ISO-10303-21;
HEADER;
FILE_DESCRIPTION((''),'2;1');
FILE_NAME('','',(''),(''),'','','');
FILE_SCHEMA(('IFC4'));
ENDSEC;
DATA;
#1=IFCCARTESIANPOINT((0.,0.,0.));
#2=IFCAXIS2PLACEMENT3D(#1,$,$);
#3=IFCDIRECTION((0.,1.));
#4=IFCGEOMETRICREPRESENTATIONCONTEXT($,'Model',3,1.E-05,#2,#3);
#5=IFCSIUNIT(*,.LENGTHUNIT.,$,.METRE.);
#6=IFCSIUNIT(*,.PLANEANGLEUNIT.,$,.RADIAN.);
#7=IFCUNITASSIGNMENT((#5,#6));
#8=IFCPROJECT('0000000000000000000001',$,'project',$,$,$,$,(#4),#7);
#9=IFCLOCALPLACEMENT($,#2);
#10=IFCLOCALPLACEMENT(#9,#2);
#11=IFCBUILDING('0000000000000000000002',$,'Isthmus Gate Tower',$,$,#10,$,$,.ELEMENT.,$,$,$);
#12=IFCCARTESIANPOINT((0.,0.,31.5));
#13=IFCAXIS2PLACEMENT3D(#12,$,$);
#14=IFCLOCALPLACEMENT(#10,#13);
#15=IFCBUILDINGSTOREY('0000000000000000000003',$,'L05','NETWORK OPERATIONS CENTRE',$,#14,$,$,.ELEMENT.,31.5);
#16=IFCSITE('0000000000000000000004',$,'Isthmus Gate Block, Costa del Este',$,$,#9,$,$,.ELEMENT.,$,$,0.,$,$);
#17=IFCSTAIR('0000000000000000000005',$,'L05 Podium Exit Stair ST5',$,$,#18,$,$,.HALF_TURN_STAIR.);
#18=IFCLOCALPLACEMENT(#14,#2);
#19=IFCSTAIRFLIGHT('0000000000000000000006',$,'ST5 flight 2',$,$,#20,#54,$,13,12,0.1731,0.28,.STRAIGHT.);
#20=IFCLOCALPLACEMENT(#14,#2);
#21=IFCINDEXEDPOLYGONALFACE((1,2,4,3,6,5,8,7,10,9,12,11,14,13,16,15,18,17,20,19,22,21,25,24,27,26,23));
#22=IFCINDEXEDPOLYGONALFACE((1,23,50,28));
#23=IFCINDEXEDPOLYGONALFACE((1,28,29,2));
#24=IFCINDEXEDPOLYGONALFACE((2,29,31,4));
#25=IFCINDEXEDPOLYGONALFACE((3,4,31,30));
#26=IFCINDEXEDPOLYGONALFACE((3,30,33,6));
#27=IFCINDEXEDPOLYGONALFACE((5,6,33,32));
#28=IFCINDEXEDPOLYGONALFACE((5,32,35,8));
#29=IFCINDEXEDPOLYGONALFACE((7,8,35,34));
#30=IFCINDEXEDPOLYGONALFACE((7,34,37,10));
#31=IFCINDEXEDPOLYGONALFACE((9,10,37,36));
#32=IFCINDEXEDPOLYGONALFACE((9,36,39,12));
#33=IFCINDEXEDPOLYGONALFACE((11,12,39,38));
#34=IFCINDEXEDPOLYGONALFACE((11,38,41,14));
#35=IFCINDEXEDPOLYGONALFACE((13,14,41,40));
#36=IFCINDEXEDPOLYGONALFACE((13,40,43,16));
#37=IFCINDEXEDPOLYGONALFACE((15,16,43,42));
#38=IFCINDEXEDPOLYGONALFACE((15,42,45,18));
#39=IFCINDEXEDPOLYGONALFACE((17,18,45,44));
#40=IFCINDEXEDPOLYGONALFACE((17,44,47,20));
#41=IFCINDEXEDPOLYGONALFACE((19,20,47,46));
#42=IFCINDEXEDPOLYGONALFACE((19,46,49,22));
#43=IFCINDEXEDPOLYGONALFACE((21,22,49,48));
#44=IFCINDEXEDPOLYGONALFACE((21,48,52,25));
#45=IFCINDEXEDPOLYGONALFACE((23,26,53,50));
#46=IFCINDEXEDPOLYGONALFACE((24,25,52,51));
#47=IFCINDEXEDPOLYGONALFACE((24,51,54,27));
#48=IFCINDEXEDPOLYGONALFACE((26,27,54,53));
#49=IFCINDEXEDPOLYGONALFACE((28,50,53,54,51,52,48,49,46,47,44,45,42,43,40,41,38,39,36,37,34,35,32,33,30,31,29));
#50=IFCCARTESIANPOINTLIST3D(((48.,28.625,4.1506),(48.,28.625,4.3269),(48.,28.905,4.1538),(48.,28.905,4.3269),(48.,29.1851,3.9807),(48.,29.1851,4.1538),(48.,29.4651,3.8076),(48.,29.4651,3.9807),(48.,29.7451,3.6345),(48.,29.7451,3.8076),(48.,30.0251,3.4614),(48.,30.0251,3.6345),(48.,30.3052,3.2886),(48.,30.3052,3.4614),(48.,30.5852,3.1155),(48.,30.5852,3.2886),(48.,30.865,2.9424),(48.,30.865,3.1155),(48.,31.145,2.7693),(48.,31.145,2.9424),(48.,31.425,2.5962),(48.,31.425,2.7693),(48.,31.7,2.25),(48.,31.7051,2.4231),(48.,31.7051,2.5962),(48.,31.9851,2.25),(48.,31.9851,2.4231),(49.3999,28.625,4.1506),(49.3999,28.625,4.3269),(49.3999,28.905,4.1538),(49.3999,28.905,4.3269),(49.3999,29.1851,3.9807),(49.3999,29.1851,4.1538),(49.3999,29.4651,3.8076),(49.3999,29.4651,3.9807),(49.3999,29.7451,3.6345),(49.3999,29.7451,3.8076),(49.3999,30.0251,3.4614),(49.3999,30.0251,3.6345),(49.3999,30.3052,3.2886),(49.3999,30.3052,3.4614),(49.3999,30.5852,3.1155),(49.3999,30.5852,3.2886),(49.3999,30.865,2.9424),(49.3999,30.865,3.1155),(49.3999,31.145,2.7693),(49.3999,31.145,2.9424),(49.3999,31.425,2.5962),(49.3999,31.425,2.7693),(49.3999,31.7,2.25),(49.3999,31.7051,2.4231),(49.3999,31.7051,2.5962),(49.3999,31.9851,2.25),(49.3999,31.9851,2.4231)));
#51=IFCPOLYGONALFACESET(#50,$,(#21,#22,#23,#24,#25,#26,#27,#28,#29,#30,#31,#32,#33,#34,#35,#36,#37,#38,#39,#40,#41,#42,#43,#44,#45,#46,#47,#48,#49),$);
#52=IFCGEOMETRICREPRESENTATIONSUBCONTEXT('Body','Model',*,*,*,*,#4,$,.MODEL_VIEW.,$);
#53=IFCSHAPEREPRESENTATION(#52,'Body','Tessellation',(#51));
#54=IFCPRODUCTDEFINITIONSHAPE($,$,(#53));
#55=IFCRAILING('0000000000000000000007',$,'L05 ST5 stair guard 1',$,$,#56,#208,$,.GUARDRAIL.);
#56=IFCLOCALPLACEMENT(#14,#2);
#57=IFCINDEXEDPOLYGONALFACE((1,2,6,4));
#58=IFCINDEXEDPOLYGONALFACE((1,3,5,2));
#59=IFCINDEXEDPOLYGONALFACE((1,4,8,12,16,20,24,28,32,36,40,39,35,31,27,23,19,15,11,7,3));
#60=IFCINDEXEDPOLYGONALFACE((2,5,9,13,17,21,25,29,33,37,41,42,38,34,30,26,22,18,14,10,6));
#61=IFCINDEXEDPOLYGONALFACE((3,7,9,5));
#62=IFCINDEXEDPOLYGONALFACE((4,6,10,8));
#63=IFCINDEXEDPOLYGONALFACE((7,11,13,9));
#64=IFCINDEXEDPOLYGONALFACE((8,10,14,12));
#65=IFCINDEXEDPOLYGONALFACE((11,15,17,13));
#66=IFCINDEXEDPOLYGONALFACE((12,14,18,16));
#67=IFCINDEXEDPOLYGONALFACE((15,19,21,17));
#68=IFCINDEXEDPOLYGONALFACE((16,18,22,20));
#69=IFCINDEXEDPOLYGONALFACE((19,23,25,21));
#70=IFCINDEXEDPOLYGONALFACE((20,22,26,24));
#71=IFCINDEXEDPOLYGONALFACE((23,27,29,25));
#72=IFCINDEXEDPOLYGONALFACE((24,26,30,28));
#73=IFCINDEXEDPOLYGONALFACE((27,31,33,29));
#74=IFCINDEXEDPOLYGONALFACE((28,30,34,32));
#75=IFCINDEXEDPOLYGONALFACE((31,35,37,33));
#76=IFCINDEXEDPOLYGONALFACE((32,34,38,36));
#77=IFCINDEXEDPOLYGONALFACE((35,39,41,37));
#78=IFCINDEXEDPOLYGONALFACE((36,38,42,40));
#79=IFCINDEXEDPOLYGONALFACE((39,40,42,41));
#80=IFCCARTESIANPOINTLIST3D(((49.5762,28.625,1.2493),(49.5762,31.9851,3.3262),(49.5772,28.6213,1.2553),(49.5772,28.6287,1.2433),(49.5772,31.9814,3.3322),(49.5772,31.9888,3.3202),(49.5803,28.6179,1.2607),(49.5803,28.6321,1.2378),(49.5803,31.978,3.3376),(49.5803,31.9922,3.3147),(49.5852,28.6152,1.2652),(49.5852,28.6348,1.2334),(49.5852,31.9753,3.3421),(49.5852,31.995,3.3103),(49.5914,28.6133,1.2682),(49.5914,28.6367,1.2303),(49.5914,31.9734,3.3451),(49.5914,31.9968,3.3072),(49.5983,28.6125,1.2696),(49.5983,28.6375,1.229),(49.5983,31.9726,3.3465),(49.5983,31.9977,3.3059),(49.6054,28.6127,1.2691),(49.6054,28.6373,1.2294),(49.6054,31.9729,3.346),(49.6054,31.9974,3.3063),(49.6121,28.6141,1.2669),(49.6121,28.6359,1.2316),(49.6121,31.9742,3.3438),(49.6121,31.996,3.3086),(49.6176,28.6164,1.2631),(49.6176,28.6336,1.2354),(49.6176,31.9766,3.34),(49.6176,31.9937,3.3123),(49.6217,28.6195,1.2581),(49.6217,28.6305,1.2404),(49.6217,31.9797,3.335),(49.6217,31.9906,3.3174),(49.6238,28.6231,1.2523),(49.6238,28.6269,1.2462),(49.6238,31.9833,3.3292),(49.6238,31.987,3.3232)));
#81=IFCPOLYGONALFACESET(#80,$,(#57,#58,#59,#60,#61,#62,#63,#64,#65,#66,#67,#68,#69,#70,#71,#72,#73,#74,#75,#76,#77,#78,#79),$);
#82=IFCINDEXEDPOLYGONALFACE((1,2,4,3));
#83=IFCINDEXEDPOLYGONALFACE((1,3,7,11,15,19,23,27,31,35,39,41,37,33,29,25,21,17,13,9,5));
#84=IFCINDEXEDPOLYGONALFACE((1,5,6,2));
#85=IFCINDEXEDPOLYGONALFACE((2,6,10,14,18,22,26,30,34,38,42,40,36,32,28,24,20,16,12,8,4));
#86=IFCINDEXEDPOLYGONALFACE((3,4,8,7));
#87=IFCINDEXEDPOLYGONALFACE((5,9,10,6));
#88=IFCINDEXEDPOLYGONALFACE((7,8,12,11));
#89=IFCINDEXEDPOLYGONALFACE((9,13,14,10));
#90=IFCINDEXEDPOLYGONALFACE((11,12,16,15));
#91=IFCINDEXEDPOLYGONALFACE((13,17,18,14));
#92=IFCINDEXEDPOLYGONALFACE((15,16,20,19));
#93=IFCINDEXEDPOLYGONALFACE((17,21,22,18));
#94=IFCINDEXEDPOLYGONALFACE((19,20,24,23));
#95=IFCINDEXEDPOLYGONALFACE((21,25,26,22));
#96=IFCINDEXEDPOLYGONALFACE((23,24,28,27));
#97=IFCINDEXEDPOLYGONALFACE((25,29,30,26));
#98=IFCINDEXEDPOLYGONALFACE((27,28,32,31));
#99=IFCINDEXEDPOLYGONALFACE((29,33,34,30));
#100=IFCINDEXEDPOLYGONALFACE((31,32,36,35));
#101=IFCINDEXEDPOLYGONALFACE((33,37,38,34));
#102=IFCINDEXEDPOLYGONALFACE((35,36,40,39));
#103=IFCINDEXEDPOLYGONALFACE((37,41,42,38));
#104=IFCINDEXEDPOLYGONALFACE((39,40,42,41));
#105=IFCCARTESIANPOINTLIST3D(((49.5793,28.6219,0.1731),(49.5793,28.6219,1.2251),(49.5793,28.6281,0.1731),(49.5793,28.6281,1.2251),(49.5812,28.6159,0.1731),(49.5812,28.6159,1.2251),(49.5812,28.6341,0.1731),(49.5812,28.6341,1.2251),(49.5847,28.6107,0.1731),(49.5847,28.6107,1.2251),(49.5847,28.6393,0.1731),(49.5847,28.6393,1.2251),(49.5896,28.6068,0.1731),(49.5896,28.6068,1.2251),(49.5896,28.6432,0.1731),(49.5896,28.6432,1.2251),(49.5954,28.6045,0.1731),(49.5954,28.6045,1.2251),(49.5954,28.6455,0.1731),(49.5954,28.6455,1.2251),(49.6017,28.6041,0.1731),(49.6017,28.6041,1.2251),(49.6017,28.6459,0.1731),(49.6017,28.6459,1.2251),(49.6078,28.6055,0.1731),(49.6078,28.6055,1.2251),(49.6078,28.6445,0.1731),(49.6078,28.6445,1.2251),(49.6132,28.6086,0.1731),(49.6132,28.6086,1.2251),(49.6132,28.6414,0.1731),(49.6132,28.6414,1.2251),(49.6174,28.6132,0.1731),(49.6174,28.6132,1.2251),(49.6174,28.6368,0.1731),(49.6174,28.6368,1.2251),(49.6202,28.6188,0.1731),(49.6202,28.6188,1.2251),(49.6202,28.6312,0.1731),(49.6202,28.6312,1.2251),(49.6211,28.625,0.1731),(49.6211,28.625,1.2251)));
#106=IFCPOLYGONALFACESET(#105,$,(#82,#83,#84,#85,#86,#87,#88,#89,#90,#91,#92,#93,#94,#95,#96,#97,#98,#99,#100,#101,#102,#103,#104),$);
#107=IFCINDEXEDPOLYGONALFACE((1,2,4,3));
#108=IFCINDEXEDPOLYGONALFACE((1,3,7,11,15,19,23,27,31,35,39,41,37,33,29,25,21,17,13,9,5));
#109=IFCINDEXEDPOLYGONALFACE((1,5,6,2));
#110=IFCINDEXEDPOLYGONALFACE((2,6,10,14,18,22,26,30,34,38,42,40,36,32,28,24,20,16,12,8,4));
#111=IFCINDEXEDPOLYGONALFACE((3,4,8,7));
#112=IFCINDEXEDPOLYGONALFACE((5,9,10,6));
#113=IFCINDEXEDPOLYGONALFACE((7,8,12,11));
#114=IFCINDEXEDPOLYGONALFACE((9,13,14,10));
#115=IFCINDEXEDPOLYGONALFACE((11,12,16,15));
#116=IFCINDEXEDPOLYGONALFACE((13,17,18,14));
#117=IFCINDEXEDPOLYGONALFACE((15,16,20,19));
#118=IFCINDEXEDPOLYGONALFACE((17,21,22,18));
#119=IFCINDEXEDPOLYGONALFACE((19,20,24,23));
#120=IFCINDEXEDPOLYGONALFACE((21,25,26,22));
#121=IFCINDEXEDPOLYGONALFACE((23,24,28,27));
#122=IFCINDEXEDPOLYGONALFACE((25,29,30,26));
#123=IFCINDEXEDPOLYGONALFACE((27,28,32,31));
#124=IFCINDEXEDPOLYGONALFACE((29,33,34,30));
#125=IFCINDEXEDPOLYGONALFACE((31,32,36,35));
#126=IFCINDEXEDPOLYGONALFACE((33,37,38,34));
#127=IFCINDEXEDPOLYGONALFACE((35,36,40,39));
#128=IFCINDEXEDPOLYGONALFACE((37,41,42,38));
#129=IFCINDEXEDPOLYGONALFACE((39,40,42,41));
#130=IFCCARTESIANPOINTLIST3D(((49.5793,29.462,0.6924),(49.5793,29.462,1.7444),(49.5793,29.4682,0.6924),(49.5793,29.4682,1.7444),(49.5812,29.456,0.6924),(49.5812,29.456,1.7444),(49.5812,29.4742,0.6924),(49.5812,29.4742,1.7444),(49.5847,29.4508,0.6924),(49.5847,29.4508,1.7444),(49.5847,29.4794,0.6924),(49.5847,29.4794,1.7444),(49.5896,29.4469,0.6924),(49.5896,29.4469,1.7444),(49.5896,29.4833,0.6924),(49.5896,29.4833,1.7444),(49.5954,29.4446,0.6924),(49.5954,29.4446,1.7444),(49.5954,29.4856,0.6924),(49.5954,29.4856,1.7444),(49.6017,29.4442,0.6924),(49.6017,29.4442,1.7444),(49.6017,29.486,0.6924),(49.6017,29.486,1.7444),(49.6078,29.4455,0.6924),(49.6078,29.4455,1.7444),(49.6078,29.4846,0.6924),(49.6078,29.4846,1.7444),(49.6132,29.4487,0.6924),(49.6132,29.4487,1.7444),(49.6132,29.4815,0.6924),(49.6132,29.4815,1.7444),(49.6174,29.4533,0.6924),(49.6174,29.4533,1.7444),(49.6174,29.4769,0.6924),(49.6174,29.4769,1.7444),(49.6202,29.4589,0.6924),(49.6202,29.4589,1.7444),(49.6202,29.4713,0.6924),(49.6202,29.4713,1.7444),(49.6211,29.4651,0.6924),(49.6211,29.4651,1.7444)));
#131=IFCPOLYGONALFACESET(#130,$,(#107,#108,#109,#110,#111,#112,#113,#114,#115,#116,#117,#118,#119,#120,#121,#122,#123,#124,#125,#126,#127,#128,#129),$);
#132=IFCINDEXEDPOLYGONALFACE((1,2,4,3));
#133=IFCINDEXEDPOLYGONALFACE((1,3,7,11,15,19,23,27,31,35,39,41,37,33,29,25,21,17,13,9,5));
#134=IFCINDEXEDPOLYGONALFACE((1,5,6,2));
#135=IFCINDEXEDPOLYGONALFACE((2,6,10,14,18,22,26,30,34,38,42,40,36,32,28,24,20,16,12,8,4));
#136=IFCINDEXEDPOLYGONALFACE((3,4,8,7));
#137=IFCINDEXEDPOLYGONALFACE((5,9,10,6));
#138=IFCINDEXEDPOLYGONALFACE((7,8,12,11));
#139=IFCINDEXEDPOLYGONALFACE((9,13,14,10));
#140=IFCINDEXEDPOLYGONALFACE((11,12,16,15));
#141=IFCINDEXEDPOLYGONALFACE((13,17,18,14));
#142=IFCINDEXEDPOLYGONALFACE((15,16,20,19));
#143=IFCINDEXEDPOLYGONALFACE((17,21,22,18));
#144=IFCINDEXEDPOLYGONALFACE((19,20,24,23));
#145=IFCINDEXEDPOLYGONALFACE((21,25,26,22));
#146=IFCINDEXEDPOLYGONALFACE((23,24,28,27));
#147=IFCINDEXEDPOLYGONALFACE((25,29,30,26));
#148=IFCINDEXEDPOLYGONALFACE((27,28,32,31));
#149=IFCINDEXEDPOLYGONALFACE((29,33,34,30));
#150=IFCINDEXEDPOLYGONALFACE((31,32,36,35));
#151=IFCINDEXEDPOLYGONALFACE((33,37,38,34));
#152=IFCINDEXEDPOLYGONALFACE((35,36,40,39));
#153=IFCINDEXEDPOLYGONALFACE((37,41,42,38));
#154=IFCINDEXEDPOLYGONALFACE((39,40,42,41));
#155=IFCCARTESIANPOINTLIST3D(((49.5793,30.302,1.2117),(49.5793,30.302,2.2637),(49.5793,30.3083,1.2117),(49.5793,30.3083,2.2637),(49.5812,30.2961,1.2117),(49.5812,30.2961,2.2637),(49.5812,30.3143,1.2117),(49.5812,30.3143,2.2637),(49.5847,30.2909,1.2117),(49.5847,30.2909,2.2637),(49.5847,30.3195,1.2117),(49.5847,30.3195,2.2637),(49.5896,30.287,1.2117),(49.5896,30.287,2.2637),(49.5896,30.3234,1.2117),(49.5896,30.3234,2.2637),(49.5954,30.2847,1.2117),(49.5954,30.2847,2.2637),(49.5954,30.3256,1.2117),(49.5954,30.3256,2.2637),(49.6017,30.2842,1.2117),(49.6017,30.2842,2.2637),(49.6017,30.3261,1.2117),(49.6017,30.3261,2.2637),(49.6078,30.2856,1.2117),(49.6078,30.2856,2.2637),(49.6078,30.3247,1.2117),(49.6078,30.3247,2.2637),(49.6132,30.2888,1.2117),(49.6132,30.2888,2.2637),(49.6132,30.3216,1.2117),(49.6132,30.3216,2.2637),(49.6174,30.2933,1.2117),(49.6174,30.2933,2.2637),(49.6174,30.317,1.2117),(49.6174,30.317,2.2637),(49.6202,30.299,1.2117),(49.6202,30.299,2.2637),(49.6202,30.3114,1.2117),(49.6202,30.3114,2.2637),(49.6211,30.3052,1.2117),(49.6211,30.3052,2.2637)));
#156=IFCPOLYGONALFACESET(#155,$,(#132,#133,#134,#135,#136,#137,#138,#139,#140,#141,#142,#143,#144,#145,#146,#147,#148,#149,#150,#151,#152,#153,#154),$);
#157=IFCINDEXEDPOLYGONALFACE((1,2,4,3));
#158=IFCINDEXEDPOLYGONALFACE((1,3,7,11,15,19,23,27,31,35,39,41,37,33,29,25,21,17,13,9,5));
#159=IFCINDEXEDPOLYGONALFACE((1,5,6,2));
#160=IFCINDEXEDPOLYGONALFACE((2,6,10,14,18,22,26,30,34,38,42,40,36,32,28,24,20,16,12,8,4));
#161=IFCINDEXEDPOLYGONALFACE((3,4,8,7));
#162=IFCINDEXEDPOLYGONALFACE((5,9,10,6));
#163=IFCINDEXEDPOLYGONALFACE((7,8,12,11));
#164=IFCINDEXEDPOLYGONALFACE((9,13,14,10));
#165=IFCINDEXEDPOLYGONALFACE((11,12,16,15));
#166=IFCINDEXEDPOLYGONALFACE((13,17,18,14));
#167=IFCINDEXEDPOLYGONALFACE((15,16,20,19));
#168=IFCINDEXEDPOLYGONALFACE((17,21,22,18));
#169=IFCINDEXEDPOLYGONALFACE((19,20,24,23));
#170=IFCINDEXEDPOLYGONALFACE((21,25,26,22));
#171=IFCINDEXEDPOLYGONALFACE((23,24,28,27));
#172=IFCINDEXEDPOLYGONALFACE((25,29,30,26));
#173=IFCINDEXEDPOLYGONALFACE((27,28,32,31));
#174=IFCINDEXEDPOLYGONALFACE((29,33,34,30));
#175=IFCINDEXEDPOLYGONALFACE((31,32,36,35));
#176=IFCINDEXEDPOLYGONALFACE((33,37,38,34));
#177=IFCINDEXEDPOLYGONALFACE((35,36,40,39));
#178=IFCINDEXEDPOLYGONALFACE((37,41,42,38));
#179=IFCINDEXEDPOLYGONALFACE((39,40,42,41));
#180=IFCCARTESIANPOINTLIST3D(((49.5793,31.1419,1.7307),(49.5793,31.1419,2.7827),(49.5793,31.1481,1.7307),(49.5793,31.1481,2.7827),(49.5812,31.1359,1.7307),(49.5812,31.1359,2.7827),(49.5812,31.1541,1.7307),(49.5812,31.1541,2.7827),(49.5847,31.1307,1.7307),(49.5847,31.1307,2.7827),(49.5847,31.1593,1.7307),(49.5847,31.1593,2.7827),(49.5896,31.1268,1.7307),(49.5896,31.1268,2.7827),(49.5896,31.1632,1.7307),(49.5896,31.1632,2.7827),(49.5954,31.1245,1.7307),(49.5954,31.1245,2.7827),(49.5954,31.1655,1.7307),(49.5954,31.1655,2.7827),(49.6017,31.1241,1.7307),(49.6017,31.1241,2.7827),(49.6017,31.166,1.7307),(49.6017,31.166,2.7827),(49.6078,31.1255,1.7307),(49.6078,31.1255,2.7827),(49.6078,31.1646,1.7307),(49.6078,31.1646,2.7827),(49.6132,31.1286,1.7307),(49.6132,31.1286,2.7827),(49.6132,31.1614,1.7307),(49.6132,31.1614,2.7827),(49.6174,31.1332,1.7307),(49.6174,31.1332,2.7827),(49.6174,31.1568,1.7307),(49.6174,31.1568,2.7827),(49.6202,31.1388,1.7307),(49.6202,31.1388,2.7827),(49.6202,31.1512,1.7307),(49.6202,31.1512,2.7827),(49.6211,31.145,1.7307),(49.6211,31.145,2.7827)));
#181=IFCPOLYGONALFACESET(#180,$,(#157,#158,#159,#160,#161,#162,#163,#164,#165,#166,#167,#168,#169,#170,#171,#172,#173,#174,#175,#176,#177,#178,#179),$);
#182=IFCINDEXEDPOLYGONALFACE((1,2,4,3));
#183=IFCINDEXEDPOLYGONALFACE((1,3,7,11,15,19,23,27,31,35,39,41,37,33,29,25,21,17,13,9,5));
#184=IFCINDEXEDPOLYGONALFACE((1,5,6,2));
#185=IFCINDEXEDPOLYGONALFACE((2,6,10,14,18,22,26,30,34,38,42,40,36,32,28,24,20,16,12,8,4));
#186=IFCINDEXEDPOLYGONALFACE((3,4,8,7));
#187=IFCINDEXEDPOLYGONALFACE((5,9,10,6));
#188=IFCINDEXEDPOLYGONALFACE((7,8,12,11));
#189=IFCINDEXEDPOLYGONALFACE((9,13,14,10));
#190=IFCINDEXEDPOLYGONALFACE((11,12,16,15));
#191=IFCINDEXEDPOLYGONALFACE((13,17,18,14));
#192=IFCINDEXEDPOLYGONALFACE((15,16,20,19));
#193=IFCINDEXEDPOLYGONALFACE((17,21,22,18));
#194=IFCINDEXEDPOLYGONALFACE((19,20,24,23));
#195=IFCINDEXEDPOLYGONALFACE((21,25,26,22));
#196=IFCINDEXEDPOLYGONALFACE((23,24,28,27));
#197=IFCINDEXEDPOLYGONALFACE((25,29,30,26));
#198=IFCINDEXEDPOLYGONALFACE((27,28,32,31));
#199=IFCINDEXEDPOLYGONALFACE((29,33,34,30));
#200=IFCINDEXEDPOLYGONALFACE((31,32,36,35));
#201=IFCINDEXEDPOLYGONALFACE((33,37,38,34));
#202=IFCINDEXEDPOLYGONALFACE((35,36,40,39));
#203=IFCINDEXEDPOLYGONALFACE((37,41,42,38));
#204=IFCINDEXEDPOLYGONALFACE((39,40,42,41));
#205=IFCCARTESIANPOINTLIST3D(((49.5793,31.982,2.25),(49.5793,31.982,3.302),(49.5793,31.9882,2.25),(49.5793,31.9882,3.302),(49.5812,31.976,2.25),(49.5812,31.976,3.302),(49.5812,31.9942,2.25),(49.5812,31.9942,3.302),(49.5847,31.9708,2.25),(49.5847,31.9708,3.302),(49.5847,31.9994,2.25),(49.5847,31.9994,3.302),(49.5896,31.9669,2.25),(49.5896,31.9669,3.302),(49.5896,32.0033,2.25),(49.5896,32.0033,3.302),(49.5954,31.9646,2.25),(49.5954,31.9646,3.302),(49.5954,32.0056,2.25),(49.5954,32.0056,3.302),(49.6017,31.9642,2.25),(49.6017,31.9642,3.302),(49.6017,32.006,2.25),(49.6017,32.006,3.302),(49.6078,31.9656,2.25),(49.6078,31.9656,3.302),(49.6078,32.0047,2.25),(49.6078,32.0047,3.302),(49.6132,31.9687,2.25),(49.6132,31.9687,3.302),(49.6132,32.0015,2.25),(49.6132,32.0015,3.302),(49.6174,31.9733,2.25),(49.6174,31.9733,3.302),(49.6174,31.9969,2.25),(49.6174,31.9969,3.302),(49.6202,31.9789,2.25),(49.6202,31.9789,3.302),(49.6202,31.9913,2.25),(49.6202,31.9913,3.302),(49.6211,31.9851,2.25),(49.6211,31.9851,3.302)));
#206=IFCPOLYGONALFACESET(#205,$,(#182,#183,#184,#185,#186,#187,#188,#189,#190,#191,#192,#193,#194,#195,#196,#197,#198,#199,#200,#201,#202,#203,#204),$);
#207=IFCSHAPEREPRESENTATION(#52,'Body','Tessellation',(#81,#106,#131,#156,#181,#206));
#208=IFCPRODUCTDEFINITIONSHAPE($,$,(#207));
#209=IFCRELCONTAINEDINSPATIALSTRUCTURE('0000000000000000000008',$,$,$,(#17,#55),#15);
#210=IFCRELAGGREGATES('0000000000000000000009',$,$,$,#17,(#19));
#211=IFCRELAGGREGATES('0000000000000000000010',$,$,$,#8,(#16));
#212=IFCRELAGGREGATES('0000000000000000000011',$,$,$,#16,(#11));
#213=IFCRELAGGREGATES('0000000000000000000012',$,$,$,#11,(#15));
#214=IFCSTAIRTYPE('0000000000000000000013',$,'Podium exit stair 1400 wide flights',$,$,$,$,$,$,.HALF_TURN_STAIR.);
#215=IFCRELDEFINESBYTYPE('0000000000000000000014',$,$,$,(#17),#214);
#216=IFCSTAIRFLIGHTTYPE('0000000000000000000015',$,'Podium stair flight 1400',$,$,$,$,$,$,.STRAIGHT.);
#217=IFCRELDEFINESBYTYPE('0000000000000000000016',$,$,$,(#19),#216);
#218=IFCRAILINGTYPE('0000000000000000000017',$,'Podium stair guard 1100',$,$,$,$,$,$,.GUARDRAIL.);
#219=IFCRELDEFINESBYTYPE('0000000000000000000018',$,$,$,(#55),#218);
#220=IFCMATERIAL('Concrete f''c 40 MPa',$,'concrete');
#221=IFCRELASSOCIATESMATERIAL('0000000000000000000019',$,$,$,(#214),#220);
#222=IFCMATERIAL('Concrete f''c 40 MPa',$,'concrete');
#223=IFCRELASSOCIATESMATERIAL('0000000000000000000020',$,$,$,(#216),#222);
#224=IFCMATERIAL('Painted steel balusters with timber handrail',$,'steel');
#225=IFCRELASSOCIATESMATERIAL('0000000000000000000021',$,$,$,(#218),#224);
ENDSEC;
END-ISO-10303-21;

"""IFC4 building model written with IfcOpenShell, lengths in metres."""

from ifc_helpers import new_model, si_unit, direction, frame, origin, origin_2d, place, context, subcontext, project, spatial, polyline, circle, outline, extrude, material, type_object, element, aggregate, save


model = new_model("IFC4")

# Units and contexts
model_context = context("Model", 3, precision=1e-05, world=origin(), true_north=direction((0.0, 1.0)))
body_context = subcontext(model_context, "Body", "Model", "MODEL_VIEW")
ifc_project = project(units=[si_unit("LENGTHUNIT", "METRE"), si_unit("PLANEANGLEUNIT", "RADIAN")], contexts=[model_context])

# Site, building, storey
site_placement = place(None, origin())
site = spatial("IfcSite", under=ifc_project, at=site_placement, Name="Isthmus Gate Block, Costa del Este", CompositionType="ELEMENT", RefElevation=0.0)
building_placement = place(site_placement, origin())
building = spatial("IfcBuilding", under=site, at=building_placement, Name="Isthmus Gate Tower", CompositionType="ELEMENT")
storey_placement = place(building_placement, frame((0.0, 0.0, 31.5)))
storey = spatial("IfcBuildingStorey", under=building, at=storey_placement, Name="L05", Description="NETWORK OPERATIONS CENTRE", CompositionType="ELEMENT", Elevation=31.5)

# Stair, stair flight
ifc_material_1 = material(Name="Concrete f'c 40 MPa", Category="concrete")
stair_type = type_object("IfcStairType", Name="Podium exit stair 1400 wide flights", PredefinedType="HALF_TURN_STAIR", material=ifc_material_1)
stair_placement = place(storey_placement, origin())
stair = element("IfcStair", 1, at=stair_placement, inside=storey, type_object=stair_type, Name="L05 Podium Exit Stair ST5", PredefinedType="HALF_TURN_STAIR")
ifc_material_2 = material(Name="Concrete f'c 40 MPa", Category="concrete")
stair_flight_type = type_object("IfcStairFlightType", Name="Podium stair flight 1400", PredefinedType="STRAIGHT", material=ifc_material_2)
stair_flight_1_placement = place(storey_placement, frame((48.7, 31.9851, 2.25), z_axis=(0.0, 0.0, 1.0), x_axis=(0.0, -1.0, 0.0)))
stair_flight_1 = element("IfcStairFlight", 2, at=stair_flight_1_placement, type_object=stair_flight_type, Name="ST5 flight 2", NumberOfRisers=13, NumberOfTreads=12, PredefinedType="STRAIGHT", RiserHeight=0.1731, TreadLength=0.28, context=body_context, shape_type="SweptSolid", body=[
    extrude(outline(polyline([(0.0, 0.0), (0.0, 0.1731), (0.28, 0.1731), (0.28, 0.3462), (0.5601, 0.3462), (0.5601, 0.5193), (0.8401, 0.5193), (0.8401, 0.6924), (1.1201, 0.6924), (1.1201, 0.8655), (1.3999, 0.8655), (1.3999, 1.0386), (1.6799, 1.0386), (1.6799, 1.2114), (1.96, 1.2114), (1.96, 1.3845), (2.24, 1.3845), (2.24, 1.5576), (2.52, 1.5576), (2.52, 1.7307), (2.8, 1.7307), (2.8, 1.9038), (3.0801, 1.9038), (3.0801, 2.0769), (3.3601, 2.0769), (3.3601, 2.25), (3.3601, 1.9006), (0.2852, 0.0), (0.0, 0.0)])), frame((0.0, 0.7, 0.0), z_axis=(0.0, -1.0, 0.0), x_axis=(1.0, 0.0, 0.0)), (0.0, 0.0, 1.0), 1.3999),
])
aggregate(stair, [stair_flight_1])

# Railing
ifc_material_3 = material(Name="Painted steel balusters with timber handrail", Category="steel")
railing_type_1 = type_object("IfcRailingType", Name="Podium stair guard 1100", PredefinedType="GUARDRAIL", material=ifc_material_3)
railing_1_placement = place(storey_placement, frame((49.6001, 28.625, 0.1731)))
element("IfcRailing", 3, at=railing_1_placement, inside=storey, type_object=railing_type_1, Name="L05 ST5 stair guard 1", PredefinedType="GUARDRAIL", context=body_context, shape_type="SweptSolid", body=[
    extrude(circle(Radius=0.0239, at=origin_2d()), frame((0.0, 0.0, 1.0762), z_axis=(0.0, 0.850623, 0.525776), x_axis=(-1.0, 0.0, 0.0)), (0.0, 0.0, 1.0), 3.9502),
    extrude(circle(Radius=0.021, at=origin_2d()), origin(), (0.0, 0.0, 1.0), 1.052),
    extrude(circle(Radius=0.021, at=origin_2d()), frame((0.0, 0.8401, 0.5193)), (0.0, 0.0, 1.0), 1.052),
    extrude(circle(Radius=0.021, at=origin_2d()), frame((0.0, 1.6802, 1.0386)), (0.0, 0.0, 1.0), 1.052),
    extrude(circle(Radius=0.021, at=origin_2d()), frame((0.0, 2.52, 1.5576)), (0.0, 0.0, 1.0), 1.052),
    extrude(circle(Radius=0.021, at=origin_2d()), frame((0.0, 3.3601, 2.0769)), (0.0, 0.0, 1.0), 1.052),
])

save(model, "model.ifc")
